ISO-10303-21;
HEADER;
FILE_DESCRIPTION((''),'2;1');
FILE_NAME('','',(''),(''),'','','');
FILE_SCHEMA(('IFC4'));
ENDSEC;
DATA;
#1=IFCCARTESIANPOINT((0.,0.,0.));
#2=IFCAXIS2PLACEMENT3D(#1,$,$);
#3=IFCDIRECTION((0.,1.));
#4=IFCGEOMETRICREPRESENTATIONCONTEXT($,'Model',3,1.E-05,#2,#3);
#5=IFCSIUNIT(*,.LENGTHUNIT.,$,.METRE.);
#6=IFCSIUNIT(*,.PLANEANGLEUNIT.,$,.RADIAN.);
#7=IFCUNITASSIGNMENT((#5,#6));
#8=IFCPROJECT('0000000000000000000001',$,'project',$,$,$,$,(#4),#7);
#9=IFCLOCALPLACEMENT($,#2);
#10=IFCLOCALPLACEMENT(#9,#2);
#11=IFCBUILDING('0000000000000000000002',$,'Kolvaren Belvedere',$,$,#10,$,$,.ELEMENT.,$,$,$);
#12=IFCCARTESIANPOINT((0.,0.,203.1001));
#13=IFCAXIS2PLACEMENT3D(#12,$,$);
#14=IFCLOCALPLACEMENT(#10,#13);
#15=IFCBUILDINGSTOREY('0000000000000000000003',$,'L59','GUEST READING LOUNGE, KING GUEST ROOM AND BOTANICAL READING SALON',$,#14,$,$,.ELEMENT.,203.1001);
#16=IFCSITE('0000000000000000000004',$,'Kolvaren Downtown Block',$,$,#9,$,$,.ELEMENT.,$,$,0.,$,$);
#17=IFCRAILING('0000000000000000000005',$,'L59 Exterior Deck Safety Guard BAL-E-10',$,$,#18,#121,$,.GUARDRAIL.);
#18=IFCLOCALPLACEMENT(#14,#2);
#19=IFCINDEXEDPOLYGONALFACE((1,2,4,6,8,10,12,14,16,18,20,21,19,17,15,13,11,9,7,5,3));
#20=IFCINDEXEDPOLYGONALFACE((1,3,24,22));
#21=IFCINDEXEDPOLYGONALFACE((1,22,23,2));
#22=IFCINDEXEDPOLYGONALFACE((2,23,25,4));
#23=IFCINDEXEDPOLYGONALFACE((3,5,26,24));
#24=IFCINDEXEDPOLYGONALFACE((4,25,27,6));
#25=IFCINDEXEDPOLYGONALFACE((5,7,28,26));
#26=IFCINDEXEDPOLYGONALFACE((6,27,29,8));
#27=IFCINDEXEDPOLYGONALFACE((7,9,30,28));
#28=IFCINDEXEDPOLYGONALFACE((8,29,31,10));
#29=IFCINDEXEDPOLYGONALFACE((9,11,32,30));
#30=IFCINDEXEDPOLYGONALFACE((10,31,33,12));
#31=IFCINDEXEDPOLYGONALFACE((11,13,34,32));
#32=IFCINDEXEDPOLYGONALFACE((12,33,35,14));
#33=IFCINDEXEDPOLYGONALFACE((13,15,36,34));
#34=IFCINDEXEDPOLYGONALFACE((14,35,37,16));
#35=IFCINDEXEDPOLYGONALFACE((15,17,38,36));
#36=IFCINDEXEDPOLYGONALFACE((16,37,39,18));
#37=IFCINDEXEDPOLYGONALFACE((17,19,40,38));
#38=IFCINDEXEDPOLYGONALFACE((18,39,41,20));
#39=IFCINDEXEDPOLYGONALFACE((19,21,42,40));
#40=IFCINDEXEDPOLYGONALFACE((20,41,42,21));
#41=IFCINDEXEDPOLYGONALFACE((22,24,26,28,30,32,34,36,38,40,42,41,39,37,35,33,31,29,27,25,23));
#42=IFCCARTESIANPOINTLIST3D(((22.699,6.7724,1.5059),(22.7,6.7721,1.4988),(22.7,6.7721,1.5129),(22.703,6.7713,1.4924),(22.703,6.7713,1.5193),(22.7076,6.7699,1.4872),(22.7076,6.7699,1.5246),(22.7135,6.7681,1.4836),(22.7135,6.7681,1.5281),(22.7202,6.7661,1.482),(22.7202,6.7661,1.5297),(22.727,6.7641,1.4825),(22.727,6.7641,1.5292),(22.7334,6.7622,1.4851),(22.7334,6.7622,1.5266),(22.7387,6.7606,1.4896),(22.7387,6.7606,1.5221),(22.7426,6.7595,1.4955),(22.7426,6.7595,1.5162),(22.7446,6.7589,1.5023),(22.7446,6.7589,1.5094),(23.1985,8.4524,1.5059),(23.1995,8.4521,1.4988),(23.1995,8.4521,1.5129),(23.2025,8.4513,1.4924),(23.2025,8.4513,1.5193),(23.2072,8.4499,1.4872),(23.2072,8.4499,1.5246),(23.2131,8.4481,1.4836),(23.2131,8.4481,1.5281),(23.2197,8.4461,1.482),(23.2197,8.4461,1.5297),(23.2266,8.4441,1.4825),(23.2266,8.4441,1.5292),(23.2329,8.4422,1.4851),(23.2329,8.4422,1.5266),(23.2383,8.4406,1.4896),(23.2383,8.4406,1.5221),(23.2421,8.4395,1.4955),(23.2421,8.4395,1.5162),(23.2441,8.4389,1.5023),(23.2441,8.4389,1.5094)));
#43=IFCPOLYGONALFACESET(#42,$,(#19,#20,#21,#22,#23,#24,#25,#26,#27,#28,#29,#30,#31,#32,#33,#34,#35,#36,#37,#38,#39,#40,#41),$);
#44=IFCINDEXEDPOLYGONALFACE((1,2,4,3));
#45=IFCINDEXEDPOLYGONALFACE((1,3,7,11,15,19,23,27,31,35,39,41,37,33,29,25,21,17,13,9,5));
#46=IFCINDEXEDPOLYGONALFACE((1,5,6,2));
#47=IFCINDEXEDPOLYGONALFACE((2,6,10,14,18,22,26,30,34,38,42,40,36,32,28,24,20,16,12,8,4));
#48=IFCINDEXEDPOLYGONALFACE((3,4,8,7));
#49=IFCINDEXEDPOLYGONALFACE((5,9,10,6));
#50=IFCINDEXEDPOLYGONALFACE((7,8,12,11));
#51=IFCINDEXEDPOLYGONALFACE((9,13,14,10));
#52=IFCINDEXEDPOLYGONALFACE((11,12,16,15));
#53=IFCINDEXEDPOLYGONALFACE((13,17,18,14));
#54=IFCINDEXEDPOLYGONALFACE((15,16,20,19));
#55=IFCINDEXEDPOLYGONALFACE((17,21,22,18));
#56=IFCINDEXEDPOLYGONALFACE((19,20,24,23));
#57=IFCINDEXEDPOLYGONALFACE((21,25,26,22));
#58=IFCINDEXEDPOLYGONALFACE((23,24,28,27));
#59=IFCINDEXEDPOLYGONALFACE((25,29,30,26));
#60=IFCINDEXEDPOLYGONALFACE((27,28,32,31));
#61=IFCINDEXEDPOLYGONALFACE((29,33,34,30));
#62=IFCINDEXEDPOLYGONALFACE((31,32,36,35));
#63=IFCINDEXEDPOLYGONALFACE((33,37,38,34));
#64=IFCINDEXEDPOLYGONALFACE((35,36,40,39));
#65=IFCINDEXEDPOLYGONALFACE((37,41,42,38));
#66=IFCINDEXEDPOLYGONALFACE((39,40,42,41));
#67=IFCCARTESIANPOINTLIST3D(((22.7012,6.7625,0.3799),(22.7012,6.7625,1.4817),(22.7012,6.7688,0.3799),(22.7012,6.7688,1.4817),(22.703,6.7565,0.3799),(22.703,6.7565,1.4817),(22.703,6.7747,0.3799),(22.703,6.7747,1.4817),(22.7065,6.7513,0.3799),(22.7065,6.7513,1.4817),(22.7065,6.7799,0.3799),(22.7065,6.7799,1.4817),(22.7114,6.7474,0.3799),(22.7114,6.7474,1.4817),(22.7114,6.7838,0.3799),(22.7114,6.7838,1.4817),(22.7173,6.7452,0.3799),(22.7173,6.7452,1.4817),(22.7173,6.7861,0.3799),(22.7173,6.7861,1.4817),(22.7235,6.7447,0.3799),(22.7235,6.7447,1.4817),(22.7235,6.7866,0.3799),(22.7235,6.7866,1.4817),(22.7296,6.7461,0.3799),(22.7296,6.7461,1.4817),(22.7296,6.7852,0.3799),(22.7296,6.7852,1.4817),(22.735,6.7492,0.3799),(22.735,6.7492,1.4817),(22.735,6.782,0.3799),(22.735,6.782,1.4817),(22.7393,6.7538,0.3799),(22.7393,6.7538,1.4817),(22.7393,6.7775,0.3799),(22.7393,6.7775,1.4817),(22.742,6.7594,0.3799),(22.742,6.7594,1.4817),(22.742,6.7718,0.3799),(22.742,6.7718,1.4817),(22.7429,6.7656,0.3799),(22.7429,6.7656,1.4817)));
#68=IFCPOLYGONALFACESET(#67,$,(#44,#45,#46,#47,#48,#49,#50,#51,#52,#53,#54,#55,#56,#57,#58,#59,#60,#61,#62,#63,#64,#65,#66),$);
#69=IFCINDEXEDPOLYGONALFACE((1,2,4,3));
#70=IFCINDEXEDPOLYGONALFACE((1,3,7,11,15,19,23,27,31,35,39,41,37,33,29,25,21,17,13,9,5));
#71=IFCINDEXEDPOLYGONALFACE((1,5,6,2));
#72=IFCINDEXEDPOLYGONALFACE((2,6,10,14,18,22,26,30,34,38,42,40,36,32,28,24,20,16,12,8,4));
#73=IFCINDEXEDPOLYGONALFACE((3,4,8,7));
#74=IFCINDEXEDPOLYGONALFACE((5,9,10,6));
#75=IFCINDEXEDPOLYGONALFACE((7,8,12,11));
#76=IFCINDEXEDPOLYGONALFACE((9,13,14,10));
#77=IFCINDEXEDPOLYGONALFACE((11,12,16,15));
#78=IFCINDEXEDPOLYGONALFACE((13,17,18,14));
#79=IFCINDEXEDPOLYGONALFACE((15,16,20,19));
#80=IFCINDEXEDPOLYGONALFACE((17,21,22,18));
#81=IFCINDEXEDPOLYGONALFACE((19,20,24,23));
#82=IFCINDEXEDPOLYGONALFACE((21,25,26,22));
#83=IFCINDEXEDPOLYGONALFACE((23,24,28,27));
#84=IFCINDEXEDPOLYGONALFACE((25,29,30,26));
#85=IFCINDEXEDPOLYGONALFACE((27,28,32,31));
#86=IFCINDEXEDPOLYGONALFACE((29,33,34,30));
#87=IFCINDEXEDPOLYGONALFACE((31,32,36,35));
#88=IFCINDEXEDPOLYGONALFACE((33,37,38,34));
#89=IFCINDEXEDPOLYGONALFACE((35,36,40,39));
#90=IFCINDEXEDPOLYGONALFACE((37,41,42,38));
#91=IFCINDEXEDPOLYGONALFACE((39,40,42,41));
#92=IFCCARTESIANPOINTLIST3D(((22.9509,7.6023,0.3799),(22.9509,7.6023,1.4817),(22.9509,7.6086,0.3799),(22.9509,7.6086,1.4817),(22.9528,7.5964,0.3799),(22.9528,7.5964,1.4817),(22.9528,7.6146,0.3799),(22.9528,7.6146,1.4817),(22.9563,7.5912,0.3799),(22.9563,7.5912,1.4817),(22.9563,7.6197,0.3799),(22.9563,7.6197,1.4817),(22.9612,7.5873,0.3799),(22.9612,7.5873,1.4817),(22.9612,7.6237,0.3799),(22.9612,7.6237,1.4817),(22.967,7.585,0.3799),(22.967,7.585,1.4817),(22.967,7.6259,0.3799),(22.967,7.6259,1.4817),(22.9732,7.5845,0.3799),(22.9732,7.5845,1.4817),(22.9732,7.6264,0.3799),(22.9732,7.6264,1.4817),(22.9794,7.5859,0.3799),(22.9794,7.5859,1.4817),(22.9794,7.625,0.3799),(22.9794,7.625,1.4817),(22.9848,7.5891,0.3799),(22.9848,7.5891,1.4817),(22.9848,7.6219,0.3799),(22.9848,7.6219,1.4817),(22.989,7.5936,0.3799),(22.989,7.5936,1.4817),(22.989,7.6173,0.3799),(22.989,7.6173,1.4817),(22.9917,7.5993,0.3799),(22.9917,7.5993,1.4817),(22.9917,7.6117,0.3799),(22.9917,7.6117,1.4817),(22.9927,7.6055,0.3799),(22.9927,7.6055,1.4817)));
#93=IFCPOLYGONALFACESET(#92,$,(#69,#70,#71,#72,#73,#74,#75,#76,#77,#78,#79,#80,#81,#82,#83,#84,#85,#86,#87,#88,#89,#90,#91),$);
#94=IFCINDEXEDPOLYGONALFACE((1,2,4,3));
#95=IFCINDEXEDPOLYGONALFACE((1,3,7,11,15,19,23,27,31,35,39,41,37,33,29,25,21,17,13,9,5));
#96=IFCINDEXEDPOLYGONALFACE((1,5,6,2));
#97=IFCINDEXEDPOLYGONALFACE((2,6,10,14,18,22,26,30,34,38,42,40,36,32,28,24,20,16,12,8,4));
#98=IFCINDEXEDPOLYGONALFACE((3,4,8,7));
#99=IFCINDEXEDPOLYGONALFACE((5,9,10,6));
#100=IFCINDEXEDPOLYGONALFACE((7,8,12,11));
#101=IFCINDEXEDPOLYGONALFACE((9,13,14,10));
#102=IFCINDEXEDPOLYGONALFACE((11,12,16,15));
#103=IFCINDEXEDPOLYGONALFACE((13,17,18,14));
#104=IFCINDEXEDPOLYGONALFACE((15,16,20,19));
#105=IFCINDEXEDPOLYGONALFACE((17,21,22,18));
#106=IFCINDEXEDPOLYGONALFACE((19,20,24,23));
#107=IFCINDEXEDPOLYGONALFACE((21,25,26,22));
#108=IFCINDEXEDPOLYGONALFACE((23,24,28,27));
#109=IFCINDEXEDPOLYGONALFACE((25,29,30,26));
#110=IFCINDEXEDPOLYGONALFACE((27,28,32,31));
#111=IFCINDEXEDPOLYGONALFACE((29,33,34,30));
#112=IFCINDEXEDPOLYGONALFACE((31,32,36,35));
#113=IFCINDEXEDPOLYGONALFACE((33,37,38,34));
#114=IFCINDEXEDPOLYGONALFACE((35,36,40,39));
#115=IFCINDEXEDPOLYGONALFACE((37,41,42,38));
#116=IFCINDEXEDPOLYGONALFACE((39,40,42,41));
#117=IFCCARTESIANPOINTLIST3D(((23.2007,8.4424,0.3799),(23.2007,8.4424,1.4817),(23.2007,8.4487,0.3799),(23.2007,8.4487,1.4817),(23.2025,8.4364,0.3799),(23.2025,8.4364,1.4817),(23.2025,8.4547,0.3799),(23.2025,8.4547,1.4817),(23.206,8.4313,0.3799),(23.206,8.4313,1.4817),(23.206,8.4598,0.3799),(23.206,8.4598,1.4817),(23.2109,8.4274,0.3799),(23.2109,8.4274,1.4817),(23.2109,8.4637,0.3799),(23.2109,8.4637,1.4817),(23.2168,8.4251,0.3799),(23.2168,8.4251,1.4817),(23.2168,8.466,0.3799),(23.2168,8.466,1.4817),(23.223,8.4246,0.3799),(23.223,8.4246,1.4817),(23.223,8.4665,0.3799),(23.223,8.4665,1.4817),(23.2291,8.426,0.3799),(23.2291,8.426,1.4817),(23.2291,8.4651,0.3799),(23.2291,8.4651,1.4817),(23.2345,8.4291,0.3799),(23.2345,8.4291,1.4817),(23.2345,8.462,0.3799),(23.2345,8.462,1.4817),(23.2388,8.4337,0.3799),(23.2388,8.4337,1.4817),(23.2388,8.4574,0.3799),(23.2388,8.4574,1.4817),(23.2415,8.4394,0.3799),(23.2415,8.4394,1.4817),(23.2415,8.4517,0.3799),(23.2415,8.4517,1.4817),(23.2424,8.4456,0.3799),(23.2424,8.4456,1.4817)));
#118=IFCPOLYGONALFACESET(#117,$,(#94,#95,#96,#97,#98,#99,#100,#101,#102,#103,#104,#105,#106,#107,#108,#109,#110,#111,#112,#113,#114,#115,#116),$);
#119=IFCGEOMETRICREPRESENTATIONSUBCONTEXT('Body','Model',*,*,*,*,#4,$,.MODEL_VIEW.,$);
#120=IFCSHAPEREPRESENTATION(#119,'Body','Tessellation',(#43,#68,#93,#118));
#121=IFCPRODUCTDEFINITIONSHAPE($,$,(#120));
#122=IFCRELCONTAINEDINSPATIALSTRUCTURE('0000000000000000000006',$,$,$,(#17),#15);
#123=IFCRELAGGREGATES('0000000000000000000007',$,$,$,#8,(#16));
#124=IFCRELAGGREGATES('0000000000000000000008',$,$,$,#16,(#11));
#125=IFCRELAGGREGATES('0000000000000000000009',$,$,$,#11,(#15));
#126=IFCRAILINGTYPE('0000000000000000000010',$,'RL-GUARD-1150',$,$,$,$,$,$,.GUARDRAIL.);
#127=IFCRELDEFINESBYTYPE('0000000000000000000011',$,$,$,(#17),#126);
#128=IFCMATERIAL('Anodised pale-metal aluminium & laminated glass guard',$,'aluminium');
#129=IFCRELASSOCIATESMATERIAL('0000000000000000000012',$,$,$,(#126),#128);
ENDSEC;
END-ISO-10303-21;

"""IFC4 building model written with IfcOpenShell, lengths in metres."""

from ifc_helpers import new_model, si_unit, direction, frame, origin, origin_2d, place, context, subcontext, project, spatial, circle, extrude, material, type_object, element, save


model = new_model("IFC4")

# Units and contexts
model_context = context("Model", 3, precision=1e-05, world=origin(), true_north=direction((0.0, 1.0)))
body_context = subcontext(model_context, "Body", "Model", "MODEL_VIEW")
ifc_project = project(units=[si_unit("LENGTHUNIT", "METRE"), si_unit("PLANEANGLEUNIT", "RADIAN")], contexts=[model_context])

# Site, building, storey
site_placement = place(None, origin())
site = spatial("IfcSite", under=ifc_project, at=site_placement, Name="Kolvaren Downtown Block", CompositionType="ELEMENT", RefElevation=0.0)
building_placement = place(site_placement, origin())
building = spatial("IfcBuilding", under=site, at=building_placement, Name="Kolvaren Belvedere", CompositionType="ELEMENT")
storey_placement = place(building_placement, frame((0.0, 0.0, 203.1001)))
storey = spatial("IfcBuildingStorey", under=building, at=storey_placement, Name="L59", Description="GUEST READING LOUNGE, KING GUEST ROOM AND BOTANICAL READING SALON", CompositionType="ELEMENT", Elevation=203.1001)

# Railing
ifc_material_1 = material(Name="Anodised pale-metal aluminium & laminated glass guard", Category="aluminium")
railing_type = type_object("IfcRailingType", Name="RL-GUARD-1150", PredefinedType="GUARDRAIL", material=ifc_material_1)
railing_1_placement = place(storey_placement, frame((22.7219, 6.7656, 0.3799)))
element("IfcRailing", 1, at=railing_1_placement, inside=storey, type_object=railing_type, Name="L59 Exterior Deck Safety Guard BAL-E-10", PredefinedType="GUARDRAIL", context=body_context, shape_type="SweptSolid", body=[
    extrude(circle(Radius=0.0239, at=origin_2d()), frame((0.0, 0.0, 1.126), z_axis=(0.285008, 0.958525, 0.0), x_axis=(-0.958525, 0.285008, 0.0)), (0.0, 0.0, 1.0), 1.7527),
    extrude(circle(Radius=0.021, at=origin_2d()), origin(), (0.0, 0.0, 1.0), 1.1018),
    extrude(circle(Radius=0.021, at=origin_2d()), frame((0.2498, 0.8398, 0.0)), (0.0, 0.0, 1.0), 1.1018),
    extrude(circle(Radius=0.021, at=origin_2d()), frame((0.4995, 1.6799, 0.0)), (0.0, 0.0, 1.0), 1.1018),
])

save(model, "model.ifc")
